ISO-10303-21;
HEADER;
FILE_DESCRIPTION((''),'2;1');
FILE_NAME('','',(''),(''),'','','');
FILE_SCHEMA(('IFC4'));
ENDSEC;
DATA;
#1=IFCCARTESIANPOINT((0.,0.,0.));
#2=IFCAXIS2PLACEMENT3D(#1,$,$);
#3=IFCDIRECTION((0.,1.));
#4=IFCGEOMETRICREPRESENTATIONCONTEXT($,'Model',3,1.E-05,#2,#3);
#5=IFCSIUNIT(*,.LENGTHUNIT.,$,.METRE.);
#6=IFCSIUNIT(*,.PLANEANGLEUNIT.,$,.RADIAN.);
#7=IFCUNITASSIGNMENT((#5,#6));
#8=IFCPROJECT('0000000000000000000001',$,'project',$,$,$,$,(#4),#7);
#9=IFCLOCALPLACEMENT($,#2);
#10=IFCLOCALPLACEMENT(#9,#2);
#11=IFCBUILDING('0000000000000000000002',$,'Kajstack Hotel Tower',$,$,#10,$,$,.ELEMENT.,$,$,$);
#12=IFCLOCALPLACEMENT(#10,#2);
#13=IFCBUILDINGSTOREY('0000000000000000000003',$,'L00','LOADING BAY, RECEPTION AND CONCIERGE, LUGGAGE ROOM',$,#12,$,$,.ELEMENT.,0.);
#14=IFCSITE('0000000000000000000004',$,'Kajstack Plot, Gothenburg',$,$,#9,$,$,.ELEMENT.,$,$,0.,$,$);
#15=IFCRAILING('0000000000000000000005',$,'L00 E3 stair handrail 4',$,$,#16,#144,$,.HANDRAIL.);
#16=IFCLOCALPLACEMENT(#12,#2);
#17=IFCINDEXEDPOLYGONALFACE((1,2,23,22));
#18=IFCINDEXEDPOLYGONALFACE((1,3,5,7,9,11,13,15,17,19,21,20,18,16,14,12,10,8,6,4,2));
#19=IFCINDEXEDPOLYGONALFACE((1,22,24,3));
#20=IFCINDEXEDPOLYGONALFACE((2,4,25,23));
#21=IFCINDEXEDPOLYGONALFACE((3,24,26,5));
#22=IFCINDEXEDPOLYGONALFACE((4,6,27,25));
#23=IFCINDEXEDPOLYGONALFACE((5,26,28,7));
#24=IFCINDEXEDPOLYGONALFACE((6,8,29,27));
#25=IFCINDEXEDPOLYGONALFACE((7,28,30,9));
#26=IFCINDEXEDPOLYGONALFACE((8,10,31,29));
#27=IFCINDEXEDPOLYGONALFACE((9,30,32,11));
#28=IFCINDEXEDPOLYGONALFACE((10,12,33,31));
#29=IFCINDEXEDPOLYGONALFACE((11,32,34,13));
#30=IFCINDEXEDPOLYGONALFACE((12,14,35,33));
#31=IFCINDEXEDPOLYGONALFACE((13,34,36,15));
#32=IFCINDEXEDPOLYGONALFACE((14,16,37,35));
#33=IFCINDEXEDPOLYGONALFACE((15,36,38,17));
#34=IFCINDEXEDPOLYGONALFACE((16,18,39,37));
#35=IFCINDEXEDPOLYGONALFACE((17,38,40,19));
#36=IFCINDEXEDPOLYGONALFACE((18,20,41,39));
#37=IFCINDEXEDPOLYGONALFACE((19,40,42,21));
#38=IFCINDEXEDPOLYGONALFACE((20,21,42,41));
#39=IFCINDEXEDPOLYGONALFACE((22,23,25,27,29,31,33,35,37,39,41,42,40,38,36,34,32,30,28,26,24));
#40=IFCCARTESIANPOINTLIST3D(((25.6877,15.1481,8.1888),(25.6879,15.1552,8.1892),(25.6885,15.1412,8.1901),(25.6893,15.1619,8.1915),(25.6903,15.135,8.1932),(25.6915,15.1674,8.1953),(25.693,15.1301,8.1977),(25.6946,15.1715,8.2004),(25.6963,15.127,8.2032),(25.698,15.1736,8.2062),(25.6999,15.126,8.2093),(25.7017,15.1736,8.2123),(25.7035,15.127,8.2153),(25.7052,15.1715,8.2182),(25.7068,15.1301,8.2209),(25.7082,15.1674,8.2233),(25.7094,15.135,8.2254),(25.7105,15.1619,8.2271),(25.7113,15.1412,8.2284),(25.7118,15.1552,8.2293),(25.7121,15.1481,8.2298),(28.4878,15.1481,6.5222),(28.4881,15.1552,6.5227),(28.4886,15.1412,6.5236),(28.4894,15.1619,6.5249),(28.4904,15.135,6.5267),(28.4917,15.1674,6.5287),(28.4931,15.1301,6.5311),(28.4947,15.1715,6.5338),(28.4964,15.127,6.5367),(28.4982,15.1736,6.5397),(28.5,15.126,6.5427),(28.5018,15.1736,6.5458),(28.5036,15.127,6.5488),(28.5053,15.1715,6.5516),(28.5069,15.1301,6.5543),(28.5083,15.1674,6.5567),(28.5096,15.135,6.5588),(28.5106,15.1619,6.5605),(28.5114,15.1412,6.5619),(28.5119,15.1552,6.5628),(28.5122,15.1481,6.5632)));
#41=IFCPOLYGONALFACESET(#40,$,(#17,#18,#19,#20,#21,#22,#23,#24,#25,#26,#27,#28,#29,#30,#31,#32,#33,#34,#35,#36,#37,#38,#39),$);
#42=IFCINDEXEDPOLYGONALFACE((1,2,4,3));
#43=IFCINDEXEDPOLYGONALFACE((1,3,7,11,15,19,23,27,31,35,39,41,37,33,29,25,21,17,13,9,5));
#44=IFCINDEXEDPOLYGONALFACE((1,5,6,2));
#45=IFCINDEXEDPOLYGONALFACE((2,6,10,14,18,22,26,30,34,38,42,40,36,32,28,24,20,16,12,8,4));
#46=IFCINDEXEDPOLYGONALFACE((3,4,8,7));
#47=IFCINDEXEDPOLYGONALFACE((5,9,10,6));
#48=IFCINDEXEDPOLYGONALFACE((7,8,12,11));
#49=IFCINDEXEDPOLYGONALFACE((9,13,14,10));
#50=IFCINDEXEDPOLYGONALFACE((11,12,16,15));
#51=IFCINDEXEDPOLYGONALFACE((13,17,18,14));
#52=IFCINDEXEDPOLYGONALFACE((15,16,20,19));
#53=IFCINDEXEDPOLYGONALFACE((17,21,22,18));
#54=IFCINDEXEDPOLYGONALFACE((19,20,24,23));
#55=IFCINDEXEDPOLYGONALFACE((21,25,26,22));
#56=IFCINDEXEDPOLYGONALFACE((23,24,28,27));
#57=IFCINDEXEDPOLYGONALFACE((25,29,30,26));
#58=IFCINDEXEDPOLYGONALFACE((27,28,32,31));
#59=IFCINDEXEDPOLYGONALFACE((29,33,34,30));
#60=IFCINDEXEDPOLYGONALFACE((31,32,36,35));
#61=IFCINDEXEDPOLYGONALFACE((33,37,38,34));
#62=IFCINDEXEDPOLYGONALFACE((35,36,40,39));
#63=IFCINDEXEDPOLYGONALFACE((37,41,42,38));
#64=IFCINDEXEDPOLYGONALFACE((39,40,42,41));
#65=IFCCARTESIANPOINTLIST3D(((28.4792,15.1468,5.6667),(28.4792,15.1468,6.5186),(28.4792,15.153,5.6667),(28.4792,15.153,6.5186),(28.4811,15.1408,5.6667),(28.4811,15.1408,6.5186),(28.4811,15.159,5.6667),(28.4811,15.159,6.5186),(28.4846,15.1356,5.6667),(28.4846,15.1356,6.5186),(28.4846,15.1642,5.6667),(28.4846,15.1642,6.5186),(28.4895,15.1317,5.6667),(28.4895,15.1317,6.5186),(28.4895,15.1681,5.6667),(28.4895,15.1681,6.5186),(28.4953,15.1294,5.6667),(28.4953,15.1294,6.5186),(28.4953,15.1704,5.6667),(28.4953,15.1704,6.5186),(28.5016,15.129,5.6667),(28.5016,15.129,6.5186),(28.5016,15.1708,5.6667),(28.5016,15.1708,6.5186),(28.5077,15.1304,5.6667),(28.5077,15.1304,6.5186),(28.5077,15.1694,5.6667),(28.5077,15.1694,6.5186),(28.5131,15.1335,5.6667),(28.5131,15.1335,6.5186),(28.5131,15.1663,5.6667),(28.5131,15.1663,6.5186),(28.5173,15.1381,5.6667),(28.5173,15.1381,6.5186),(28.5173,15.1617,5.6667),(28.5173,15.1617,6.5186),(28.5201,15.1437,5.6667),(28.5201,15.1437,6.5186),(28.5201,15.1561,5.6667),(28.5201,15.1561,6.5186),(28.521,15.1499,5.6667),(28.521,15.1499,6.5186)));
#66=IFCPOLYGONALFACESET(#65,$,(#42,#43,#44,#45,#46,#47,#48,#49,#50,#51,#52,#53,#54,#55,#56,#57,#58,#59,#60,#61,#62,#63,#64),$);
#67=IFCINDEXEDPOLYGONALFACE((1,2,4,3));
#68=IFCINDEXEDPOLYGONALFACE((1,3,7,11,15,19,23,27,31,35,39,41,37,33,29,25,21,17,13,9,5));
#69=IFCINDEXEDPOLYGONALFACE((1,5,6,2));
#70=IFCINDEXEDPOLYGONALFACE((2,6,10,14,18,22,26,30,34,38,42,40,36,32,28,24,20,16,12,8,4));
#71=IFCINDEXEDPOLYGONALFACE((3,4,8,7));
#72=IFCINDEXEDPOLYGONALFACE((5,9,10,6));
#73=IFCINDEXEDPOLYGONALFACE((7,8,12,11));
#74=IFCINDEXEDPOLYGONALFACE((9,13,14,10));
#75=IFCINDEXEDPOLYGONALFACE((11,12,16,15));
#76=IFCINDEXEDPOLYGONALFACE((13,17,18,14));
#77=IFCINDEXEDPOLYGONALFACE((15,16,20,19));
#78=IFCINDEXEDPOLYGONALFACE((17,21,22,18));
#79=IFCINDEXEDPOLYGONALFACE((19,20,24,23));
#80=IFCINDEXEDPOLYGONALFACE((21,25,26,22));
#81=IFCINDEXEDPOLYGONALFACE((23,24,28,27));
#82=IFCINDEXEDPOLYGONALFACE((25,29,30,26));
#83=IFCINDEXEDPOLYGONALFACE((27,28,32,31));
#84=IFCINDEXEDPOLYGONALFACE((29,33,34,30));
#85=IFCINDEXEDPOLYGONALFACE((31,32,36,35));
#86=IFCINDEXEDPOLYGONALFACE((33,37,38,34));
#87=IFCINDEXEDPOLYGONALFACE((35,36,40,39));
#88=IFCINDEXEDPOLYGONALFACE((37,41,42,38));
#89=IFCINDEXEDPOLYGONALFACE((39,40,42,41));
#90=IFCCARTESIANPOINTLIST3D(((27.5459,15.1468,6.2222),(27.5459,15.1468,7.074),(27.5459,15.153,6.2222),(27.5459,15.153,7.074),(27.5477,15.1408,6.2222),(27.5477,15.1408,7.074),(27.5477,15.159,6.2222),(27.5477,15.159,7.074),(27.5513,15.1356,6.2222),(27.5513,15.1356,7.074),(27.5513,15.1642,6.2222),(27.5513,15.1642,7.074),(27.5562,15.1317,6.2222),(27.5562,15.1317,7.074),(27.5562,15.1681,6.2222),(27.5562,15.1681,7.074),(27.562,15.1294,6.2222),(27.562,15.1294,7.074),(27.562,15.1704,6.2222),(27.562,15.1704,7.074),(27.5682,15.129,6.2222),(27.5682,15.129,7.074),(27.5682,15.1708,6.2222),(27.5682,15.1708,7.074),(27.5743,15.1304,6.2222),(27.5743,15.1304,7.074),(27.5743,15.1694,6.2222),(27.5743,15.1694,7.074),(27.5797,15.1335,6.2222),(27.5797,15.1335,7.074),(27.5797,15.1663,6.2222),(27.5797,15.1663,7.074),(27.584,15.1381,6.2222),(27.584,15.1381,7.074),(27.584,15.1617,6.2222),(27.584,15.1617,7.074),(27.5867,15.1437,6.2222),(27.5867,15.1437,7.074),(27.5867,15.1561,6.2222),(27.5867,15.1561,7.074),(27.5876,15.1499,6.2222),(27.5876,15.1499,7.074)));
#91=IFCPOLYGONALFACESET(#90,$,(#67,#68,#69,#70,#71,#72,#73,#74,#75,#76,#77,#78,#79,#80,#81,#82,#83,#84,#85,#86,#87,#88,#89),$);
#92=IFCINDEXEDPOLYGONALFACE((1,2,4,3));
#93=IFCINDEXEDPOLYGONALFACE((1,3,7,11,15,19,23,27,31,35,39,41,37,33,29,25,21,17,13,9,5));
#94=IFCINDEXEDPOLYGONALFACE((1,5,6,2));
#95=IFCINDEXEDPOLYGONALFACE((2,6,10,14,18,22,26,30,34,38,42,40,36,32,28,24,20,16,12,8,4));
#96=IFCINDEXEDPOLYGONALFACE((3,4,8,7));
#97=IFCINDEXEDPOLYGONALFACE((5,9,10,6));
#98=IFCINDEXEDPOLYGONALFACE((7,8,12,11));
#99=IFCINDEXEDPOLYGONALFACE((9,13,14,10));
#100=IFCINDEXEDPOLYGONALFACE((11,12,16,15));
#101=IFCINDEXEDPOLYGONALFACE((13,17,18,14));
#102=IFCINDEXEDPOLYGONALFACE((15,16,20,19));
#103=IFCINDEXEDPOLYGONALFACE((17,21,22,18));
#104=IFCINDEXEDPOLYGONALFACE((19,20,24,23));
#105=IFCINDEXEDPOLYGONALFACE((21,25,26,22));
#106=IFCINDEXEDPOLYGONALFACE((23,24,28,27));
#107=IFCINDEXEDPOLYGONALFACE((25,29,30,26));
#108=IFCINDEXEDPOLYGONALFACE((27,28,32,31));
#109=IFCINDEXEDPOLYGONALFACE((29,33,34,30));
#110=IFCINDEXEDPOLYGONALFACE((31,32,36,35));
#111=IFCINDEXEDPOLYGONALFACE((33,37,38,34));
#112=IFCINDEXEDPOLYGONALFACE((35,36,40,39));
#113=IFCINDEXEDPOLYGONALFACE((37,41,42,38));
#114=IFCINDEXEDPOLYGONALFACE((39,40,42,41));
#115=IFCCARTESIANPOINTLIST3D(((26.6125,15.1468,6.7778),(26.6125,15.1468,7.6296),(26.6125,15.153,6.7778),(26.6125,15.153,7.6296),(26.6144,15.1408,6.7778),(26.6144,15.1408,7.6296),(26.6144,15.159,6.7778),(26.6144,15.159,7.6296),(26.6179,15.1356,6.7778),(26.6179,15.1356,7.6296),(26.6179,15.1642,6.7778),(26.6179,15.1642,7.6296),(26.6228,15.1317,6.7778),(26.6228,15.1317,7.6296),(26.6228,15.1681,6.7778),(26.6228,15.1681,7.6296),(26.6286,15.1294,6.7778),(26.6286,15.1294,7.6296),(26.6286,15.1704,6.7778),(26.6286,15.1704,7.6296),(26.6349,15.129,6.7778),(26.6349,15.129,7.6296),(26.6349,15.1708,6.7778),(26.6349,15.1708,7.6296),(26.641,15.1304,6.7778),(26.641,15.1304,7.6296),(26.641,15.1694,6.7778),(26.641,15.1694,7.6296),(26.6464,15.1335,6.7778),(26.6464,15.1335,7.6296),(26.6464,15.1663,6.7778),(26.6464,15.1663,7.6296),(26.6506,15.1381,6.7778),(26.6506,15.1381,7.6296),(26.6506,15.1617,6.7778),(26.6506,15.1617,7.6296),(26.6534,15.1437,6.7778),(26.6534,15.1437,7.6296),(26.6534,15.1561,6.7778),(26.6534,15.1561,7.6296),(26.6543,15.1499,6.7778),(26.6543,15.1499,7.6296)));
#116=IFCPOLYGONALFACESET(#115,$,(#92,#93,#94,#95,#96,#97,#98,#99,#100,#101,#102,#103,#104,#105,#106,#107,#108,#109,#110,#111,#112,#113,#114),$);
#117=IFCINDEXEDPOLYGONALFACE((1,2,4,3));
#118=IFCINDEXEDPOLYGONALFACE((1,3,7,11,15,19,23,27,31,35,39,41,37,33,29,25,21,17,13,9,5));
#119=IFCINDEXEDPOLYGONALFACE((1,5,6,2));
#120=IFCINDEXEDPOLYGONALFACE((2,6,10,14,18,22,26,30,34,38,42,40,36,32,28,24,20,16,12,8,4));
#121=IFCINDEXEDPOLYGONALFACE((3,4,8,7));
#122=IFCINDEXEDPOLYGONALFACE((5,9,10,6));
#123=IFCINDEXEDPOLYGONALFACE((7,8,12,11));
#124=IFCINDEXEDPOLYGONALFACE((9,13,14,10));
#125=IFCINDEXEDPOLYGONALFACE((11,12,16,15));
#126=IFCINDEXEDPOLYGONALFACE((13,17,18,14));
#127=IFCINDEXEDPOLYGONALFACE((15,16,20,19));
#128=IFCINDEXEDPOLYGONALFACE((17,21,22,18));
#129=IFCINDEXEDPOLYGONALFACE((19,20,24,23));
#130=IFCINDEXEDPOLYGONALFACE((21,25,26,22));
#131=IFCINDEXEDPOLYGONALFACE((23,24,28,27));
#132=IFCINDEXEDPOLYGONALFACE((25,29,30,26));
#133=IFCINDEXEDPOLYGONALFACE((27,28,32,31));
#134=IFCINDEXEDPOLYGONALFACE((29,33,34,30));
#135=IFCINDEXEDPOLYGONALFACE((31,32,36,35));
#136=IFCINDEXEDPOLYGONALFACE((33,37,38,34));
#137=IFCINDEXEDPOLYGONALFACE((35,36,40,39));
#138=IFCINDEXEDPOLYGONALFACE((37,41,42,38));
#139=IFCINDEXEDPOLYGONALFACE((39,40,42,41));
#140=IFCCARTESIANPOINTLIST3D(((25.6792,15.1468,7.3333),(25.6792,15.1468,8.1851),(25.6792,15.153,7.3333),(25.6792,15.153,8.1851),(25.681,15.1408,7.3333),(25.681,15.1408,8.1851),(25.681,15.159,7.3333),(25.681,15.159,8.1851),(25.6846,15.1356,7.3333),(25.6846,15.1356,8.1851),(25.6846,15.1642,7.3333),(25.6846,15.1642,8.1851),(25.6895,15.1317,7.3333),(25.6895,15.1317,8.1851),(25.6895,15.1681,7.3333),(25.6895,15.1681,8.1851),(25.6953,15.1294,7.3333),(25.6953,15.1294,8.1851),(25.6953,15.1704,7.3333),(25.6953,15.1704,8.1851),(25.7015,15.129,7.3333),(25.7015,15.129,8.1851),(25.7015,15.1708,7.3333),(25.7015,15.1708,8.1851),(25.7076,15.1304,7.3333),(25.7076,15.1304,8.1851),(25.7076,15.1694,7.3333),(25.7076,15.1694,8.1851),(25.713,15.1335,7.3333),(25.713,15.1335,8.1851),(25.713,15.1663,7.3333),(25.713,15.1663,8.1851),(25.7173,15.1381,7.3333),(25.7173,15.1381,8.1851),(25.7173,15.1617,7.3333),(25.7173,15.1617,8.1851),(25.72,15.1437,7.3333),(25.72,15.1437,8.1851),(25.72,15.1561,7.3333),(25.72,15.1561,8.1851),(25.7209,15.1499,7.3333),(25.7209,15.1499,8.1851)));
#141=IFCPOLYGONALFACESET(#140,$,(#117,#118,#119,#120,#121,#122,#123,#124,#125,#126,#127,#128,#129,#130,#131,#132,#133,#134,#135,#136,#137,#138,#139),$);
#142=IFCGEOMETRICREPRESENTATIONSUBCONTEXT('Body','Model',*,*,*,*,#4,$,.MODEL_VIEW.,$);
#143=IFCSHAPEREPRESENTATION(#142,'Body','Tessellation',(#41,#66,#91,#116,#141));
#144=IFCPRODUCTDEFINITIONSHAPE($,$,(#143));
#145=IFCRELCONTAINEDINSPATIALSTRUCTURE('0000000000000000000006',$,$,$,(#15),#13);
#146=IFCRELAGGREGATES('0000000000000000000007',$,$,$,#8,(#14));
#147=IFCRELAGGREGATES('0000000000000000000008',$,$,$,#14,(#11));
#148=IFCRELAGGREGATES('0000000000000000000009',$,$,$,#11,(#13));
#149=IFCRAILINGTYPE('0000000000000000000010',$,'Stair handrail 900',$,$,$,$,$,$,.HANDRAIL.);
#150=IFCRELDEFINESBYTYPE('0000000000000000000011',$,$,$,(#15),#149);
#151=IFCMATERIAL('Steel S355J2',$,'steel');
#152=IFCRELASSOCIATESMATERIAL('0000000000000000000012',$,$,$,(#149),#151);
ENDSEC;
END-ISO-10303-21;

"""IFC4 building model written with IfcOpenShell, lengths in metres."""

from ifc_helpers import new_model, si_unit, direction, frame, origin, origin_2d, place, context, subcontext, project, spatial, circle, extrude, material, type_object, element, save


model = new_model("IFC4")

# Units and contexts
model_context = context("Model", 3, precision=1e-05, world=origin(), true_north=direction((0.0, 1.0)))
body_context = subcontext(model_context, "Body", "Model", "MODEL_VIEW")
ifc_project = project(units=[si_unit("LENGTHUNIT", "METRE"), si_unit("PLANEANGLEUNIT", "RADIAN")], contexts=[model_context])

# Site, building, storey
site_placement = place(None, origin())
site = spatial("IfcSite", under=ifc_project, at=site_placement, Name="Kajstack Plot, Gothenburg", CompositionType="ELEMENT", RefElevation=0.0)
building_placement = place(site_placement, origin())
building = spatial("IfcBuilding", under=site, at=building_placement, Name="Kajstack Hotel Tower", CompositionType="ELEMENT")
storey_placement = place(building_placement, origin())
storey = spatial("IfcBuildingStorey", under=building, at=storey_placement, Name="L00", Description="LOADING BAY, RECEPTION AND CONCIERGE, LUGGAGE ROOM", CompositionType="ELEMENT", Elevation=0.0)

# Railing
ifc_material_1 = material(Name="Steel S355J2", Category="steel")
railing_type_1 = type_object("IfcRailingType", Name="Stair handrail 900", PredefinedType="HANDRAIL", material=ifc_material_1)
railing_1_placement = place(storey_placement, frame((28.5, 15.1499, 5.6667)))
element("IfcRailing", 1, at=railing_1_placement, inside=storey, type_object=railing_type_1, Name="L00 E3 stair handrail 4", PredefinedType="HANDRAIL", context=body_context, shape_type="SweptSolid", body=[
    extrude(circle(Radius=0.0239, at=origin_2d()), frame((0.0, 0.0, 0.876), z_axis=(-0.859319, 0.0, 0.51144), x_axis=(0.0, -1.0, 0.0)), (0.0, 0.0, 1.0), 3.2585),
    extrude(circle(Radius=0.021, at=origin_2d()), origin(), (0.0, 0.0, 1.0), 0.8518),
    extrude(circle(Radius=0.021, at=origin_2d()), frame((-0.9333, 0.0, 0.5554)), (0.0, 0.0, 1.0), 0.8518),
    extrude(circle(Radius=0.021, at=origin_2d()), frame((-1.8667, 0.0, 1.1111)), (0.0, 0.0, 1.0), 0.8518),
    extrude(circle(Radius=0.021, at=origin_2d()), frame((-2.8, 0.0, 1.6665)), (0.0, 0.0, 1.0), 0.8518),
])

save(model, "model.ifc")
